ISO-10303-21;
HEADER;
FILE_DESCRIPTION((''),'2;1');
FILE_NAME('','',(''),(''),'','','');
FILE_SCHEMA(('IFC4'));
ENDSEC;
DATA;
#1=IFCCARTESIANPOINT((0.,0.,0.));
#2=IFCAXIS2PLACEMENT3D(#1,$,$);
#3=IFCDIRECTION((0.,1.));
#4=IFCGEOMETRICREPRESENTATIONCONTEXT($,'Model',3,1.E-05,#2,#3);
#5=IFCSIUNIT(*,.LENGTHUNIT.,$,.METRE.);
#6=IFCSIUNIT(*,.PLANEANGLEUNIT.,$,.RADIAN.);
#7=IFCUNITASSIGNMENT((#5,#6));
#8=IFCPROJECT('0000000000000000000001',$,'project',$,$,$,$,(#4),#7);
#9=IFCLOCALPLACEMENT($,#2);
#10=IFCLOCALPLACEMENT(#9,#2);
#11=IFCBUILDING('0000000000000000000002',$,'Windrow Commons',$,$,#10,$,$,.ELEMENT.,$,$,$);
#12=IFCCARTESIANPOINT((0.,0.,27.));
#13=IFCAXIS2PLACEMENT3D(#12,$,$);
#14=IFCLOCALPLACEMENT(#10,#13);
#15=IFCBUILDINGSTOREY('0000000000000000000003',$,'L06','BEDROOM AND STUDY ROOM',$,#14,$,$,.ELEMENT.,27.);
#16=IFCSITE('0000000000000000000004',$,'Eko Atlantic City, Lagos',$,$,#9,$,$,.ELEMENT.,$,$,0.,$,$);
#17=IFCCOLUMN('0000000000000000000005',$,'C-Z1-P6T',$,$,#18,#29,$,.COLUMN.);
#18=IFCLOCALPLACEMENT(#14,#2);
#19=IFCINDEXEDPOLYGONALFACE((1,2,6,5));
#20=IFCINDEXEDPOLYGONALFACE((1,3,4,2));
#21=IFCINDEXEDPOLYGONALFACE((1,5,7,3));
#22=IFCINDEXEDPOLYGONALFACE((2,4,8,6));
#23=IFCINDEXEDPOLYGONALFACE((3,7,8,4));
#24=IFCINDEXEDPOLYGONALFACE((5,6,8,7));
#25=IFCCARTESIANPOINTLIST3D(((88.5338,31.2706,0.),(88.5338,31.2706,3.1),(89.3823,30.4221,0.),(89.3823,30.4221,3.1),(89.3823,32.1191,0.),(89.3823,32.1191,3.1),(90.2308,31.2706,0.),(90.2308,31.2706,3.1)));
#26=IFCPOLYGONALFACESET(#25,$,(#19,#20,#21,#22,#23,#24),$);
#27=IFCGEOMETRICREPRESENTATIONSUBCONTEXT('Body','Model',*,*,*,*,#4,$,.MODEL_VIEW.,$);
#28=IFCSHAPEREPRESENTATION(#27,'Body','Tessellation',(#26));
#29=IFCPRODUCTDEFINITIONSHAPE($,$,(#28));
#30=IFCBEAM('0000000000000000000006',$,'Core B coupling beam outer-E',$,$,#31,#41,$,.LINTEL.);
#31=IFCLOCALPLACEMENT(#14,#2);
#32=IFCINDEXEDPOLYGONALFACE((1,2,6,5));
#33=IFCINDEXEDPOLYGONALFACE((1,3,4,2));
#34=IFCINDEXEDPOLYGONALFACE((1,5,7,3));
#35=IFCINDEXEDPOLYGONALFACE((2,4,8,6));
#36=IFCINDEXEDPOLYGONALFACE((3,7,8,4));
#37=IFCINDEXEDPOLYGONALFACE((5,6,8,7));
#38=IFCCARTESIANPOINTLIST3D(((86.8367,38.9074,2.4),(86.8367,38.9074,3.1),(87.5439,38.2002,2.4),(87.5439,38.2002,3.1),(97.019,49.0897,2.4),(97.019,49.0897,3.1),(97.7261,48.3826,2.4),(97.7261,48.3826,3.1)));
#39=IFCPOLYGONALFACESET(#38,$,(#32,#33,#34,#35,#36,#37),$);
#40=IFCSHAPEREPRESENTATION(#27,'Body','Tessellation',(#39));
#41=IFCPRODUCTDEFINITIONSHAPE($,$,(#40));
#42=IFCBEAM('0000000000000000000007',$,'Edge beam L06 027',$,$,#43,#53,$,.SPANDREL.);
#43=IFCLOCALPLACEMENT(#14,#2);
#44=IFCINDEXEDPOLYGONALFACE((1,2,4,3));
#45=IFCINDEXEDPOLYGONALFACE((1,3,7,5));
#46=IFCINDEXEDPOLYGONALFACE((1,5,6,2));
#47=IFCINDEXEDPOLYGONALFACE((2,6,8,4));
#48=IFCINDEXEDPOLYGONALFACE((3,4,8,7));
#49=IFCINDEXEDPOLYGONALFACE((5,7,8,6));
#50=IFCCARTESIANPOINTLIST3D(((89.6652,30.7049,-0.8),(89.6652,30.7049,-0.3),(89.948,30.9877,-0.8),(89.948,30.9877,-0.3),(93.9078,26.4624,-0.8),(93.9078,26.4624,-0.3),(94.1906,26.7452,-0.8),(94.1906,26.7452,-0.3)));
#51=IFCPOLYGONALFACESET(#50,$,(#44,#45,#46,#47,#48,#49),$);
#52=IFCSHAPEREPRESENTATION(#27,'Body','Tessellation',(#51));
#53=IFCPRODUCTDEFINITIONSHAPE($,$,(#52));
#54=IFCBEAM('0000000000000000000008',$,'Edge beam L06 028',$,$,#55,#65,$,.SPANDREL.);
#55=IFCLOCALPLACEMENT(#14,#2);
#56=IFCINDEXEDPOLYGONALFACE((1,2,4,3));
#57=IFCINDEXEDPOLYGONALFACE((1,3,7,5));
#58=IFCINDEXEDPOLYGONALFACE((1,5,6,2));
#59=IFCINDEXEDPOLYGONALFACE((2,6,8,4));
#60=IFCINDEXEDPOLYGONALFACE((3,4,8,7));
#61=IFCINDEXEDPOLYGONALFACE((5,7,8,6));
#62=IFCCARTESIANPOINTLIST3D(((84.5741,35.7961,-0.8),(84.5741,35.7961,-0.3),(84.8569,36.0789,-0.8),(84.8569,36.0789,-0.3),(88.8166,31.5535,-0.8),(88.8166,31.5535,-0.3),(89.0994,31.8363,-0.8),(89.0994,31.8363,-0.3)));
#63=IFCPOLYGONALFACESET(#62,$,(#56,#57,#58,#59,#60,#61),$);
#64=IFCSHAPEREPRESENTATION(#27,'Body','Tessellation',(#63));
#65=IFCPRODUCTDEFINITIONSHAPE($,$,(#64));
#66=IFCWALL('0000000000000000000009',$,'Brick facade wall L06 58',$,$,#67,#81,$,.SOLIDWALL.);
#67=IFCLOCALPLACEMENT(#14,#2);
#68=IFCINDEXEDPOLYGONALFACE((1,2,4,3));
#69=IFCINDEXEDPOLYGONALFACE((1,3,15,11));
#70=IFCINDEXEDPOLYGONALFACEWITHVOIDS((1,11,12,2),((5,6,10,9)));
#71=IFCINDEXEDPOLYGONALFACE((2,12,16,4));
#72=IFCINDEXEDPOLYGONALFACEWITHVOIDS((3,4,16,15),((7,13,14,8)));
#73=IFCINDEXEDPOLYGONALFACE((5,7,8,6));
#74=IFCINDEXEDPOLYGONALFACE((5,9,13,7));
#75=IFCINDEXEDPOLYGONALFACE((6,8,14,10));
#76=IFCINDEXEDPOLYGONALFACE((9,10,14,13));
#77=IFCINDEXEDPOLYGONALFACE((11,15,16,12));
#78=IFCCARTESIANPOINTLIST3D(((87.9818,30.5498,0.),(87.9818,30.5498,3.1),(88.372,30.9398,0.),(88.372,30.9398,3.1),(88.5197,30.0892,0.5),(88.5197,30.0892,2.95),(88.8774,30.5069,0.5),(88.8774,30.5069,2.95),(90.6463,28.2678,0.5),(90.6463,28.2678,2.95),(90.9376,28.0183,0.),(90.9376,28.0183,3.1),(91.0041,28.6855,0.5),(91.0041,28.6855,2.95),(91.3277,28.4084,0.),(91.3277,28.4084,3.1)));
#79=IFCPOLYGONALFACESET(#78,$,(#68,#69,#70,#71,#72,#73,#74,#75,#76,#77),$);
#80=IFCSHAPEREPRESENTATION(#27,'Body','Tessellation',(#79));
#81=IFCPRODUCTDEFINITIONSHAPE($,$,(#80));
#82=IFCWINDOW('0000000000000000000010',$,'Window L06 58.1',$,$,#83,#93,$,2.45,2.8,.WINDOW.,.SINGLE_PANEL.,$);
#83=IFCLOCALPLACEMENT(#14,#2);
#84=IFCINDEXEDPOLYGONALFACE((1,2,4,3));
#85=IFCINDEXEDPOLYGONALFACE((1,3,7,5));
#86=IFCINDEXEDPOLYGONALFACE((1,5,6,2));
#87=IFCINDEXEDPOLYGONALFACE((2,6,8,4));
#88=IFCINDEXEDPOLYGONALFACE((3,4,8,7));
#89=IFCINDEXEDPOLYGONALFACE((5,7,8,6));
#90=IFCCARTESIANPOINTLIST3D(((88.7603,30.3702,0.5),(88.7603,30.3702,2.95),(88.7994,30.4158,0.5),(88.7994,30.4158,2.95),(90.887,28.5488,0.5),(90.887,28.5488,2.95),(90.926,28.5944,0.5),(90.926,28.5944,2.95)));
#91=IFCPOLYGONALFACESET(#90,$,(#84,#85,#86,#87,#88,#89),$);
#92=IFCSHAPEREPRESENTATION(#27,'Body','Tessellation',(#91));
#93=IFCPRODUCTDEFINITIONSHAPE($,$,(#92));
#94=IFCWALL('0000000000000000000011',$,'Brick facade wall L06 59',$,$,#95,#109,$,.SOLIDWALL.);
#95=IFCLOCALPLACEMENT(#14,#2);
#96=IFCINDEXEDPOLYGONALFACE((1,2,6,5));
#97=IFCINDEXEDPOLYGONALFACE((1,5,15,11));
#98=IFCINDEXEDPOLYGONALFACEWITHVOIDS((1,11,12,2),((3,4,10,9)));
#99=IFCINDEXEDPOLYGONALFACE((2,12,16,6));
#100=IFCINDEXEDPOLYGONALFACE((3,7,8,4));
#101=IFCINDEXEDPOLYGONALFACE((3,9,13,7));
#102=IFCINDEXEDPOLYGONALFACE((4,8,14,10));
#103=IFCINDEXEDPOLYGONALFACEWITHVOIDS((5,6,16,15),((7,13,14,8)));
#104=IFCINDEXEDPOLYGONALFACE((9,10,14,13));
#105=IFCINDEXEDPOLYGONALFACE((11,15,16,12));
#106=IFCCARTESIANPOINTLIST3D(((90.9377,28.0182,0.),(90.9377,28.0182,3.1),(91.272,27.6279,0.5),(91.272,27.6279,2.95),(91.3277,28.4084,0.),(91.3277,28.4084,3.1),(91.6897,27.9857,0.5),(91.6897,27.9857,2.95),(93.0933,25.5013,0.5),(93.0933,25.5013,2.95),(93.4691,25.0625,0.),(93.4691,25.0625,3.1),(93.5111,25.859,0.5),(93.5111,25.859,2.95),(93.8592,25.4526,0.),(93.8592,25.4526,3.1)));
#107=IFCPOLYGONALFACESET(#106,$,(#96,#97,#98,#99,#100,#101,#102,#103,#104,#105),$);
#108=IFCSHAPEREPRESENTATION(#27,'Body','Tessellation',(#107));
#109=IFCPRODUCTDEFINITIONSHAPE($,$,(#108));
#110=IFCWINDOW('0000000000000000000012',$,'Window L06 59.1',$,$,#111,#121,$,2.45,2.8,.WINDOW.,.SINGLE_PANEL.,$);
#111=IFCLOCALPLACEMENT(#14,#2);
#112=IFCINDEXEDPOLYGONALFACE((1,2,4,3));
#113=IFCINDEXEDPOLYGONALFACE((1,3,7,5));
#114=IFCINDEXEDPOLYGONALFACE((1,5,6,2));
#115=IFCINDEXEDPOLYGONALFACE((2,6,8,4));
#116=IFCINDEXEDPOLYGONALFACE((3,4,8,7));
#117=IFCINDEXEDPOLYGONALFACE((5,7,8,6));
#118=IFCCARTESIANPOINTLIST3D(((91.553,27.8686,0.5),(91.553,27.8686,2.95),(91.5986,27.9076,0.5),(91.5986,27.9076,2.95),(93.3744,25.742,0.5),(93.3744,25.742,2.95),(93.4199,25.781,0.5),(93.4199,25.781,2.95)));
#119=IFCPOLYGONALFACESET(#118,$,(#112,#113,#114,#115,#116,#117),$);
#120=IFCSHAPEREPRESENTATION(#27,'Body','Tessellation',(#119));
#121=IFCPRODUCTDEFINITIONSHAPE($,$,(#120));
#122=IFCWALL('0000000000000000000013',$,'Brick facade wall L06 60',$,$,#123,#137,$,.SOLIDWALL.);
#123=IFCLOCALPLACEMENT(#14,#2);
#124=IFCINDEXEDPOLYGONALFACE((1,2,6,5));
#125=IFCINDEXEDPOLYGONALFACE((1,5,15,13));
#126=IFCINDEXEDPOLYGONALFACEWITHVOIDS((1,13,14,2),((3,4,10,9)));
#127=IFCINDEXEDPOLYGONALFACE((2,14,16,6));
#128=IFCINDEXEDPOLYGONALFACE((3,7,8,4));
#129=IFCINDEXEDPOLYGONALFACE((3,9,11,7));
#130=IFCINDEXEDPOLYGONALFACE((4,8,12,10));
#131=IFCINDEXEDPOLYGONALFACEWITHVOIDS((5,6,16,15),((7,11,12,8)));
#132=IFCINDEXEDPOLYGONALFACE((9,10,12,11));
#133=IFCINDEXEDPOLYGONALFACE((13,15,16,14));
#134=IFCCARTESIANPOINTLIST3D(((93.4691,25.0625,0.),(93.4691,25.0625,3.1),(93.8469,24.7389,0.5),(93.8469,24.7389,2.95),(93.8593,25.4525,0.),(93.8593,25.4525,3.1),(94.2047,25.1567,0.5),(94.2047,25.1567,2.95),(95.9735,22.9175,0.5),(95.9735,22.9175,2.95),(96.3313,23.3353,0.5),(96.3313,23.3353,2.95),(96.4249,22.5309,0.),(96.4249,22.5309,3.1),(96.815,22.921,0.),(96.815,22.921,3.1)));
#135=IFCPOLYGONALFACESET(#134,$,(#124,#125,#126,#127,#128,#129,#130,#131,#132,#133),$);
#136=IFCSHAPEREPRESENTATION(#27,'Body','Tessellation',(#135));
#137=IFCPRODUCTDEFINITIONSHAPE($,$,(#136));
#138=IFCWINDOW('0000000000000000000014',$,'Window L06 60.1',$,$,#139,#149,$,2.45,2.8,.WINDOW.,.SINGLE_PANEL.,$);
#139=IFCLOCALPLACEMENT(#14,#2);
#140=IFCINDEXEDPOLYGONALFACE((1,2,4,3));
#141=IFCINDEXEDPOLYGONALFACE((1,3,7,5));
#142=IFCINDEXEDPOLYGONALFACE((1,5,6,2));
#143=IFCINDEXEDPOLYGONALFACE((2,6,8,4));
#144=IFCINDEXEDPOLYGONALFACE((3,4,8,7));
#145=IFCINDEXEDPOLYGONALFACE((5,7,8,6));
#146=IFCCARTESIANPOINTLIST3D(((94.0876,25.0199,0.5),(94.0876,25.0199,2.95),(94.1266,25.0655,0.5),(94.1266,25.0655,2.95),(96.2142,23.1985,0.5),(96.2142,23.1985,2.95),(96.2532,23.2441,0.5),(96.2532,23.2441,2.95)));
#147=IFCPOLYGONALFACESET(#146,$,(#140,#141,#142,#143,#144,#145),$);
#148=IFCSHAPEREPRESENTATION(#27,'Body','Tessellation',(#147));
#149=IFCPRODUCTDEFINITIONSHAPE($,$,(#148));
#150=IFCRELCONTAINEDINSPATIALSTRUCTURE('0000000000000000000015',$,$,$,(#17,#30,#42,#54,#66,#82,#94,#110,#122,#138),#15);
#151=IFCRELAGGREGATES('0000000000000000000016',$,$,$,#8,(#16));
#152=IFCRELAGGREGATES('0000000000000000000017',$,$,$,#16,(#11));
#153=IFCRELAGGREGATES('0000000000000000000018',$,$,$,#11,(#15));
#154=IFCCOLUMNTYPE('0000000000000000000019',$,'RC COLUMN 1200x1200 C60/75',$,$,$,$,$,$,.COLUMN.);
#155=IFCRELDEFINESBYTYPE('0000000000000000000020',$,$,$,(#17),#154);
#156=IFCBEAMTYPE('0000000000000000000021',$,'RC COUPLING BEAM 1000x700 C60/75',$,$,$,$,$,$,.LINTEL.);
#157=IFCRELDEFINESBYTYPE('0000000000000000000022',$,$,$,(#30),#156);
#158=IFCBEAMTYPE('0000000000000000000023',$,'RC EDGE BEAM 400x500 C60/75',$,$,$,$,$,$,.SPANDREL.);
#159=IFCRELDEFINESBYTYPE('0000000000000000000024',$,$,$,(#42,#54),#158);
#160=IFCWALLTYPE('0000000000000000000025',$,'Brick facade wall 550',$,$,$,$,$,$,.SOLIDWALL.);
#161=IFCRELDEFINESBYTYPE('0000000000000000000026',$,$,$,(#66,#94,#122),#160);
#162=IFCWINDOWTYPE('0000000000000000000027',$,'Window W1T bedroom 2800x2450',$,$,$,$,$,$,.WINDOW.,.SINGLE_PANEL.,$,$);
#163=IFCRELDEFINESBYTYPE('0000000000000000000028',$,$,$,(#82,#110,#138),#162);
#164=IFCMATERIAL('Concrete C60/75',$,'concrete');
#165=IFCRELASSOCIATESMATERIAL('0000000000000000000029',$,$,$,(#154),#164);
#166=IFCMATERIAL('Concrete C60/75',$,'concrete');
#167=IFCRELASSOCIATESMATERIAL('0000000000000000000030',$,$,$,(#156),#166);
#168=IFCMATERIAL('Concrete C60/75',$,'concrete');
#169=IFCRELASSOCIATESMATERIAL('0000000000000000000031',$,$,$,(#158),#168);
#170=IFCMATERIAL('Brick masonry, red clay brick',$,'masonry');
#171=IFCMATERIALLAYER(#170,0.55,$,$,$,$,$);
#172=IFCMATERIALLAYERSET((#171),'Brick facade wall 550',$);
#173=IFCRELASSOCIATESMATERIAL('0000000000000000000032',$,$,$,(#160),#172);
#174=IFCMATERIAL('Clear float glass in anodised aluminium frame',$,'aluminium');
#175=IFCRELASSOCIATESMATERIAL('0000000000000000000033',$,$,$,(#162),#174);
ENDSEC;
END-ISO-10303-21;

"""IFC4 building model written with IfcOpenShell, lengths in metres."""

from ifc_helpers import new_model, si_unit, direction, frame, frame_2d, origin, origin_2d, place, context, subcontext, project, spatial, polyline, rectangle, outline, extrude, material, layer, layer_set, material_profile, profile_set, type_object, element, fill, save


model = new_model("IFC4")

# Units and contexts
model_context = context("Model", 3, precision=1e-05, world=origin(), true_north=direction((0.0, 1.0)))
body_context = subcontext(model_context, "Body", "Model", "MODEL_VIEW")
ifc_project = project(units=[si_unit("LENGTHUNIT", "METRE"), si_unit("PLANEANGLEUNIT", "RADIAN")], contexts=[model_context])

# Site, building, storey
site_placement = place(None, origin())
site = spatial("IfcSite", under=ifc_project, at=site_placement, Name="Eko Atlantic City, Lagos", CompositionType="ELEMENT", RefElevation=0.0)
building_placement = place(site_placement, origin())
building = spatial("IfcBuilding", under=site, at=building_placement, Name="Windrow Commons", CompositionType="ELEMENT")
storey_placement = place(building_placement, frame((0.0, 0.0, 27.0)))
storey = spatial("IfcBuildingStorey", under=building, at=storey_placement, Name="L06", Description="BEDROOM AND STUDY ROOM", CompositionType="ELEMENT", Elevation=27.0)

# Column
ifc_material_1 = material(Name="Concrete C60/75", Category="concrete")
ifc_material_profile_1 = material_profile(ifc_material_1, rectangle(XDim=1.2, YDim=1.2, at=origin_2d()))
ifc_profile_set_1 = profile_set([ifc_material_profile_1], Name="Concrete C60/75")
column_type = type_object("IfcColumnType", Name="RC COLUMN 1200x1200 C60/75", PredefinedType="COLUMN", material=ifc_profile_set_1)
column_placement = place(storey_placement, frame((89.3823, 31.2706, 0.0), z_axis=(0.0, 0.0, 1.0), x_axis=(0.707107, -0.707107, 0.0)))
element("IfcColumn", 1, at=column_placement, inside=storey, type_object=column_type, Name="C-Z1-P6T", PredefinedType="COLUMN", context=body_context, shape_type="SweptSolid", body=[
    extrude(rectangle(XDim=1.2, YDim=1.2, at=origin_2d()), origin(), (0.0, 0.0, 1.0), 3.1),
])

# Beams
ifc_material_2 = material(Name="Concrete C60/75", Category="concrete")
ifc_material_profile_2 = material_profile(ifc_material_2, rectangle(XDim=1.0, YDim=0.7, at=origin_2d()))
ifc_profile_set_2 = profile_set([ifc_material_profile_2], Name="Concrete C60/75")
beam_type_1 = type_object("IfcBeamType", Name="RC COUPLING BEAM 1000x700 C60/75", PredefinedType="LINTEL", material=ifc_profile_set_2)
beam_placement = place(storey_placement, frame((87.1903, 38.5538, 2.75), z_axis=(0.707103, 0.70711, 0.0), x_axis=(-0.70711, 0.707103, 0.0)))
element("IfcBeam", 2, at=beam_placement, inside=storey, type_object=beam_type_1, Name="Core B coupling beam outer-E", PredefinedType="LINTEL", context=body_context, shape_type="SweptSolid", body=[
    extrude(rectangle(XDim=1.0, YDim=0.7, at=origin_2d()), origin(), (0.0, 0.0, 1.0), 14.4),
])
ifc_material_3 = material(Name="Concrete C60/75", Category="concrete")
ifc_material_profile_3 = material_profile(ifc_material_3, rectangle(XDim=0.4, YDim=0.5, at=origin_2d()))
ifc_profile_set_3 = profile_set([ifc_material_profile_3], Name="Concrete C60/75")
beam_type_2 = type_object("IfcBeamType", Name="RC EDGE BEAM 400x500 C60/75", PredefinedType="SPANDREL", material=ifc_profile_set_3)
for number, where, z_axis, x_axis, name in (
    (3, (94.0492, 26.6038, -0.55), (-0.707115, 0.707098, 0.0), (-0.707098, -0.707115, 0.0), "Edge beam L06 027"),
    (4, (88.958, 31.6949, -0.55), (-0.707098, 0.707115, 0.0), (-0.707115, -0.707098, 0.0), "Edge beam L06 028"),
):
    element("IfcBeam", number, at=place(storey_placement, frame(where, z_axis=z_axis, x_axis=x_axis)), inside=storey, type_object=beam_type_2, Name=name, PredefinedType="SPANDREL", context=body_context, shape_type="SweptSolid", body=[
        extrude(rectangle(XDim=0.4, YDim=0.5, at=origin_2d()), origin(), (0.0, 0.0, 1.0), 5.9999),
    ])

# Walls, openings, windows
ifc_material_4 = material(Name="Brick masonry, red clay brick", Category="masonry")
ifc_layer_1 = layer(ifc_material_4, 0.55)
ifc_layer_set_1 = layer_set([ifc_layer_1], Name="Brick facade wall 550")
wall_type_1 = type_object("IfcWallType", Name="Brick facade wall 550", PredefinedType="SOLIDWALL", material=ifc_layer_set_1)
wall_1_placement = place(storey_placement, frame((88.1769, 30.7448, 0.0), z_axis=(0.0, 0.0, 1.0), x_axis=(0.759516, -0.650489, 0.0)))
wall_1 = element("IfcWall", 5, at=wall_1_placement, inside=storey, type_object=wall_type_1, Name="Brick facade wall L06 58", PredefinedType="SOLIDWALL", context=body_context, shape_type="SweptSolid", body=[
    extrude(outline(polyline([(-0.0213, -0.275), (3.8704, -0.275), (3.9129, 0.275), (0.0213, 0.275), (-0.0213, -0.275)])), origin(), (0.0, 0.0, 1.0), 3.1),
])
opening_1_placement = place(wall_1_placement, frame((0.6868, 0.0, 0.5)))
opening_1 = element("IfcOpeningElement", 6, at=opening_1_placement, cuts=wall_1, PredefinedType="OPENING", context=body_context, shape_type="SweptSolid", body=[
    extrude(rectangle(XDim=2.8, YDim=2.45, at=frame_2d((1.4, 1.225))), frame((0.0, 0.285, 0.0), z_axis=(0.0, -1.0, 0.0), x_axis=(1.0, 0.0, 0.0)), (0.0, 0.0, 1.0), 0.57),
])
ifc_material_5 = material(Name="Clear float glass in anodised aluminium frame", Category="aluminium")
window_type = type_object("IfcWindowType", Name="Window W1T bedroom 2800x2450", PartitioningType="SINGLE_PANEL", PredefinedType="WINDOW", material=ifc_material_5)
window_1_placement = place(opening_1_placement, origin())
window_1 = element("IfcWindow", 7, at=window_1_placement, inside=storey, type_object=window_type, Name="Window L06 58.1", OverallHeight=2.45, OverallWidth=2.8, PartitioningType="SINGLE_PANEL", PredefinedType="WINDOW", context=body_context, shape_type="SweptSolid", body=[
    extrude(rectangle(XDim=2.8, YDim=2.45, at=frame_2d((1.4, 1.225))), frame((0.0, 0.155, 0.0), z_axis=(0.0, -1.0, 0.0), x_axis=(1.0, 0.0, 0.0)), (0.0, 0.0, 1.0), 0.06),
])
fill(opening_1, window_1)
wall_2_placement = place(storey_placement, frame((91.1327, 28.2133, 0.0), z_axis=(0.0, 0.0, 1.0), x_axis=(0.650489, -0.759516, 0.0)))
wall_2 = element("IfcWall", 8, at=wall_2_placement, inside=storey, type_object=wall_type_1, Name="Brick facade wall L06 59", PredefinedType="SOLIDWALL", context=body_context, shape_type="SweptSolid", body=[
    extrude(outline(polyline([(0.0213, -0.275), (3.9129, -0.275), (3.8704, 0.275), (-0.0213, 0.275), (0.0213, -0.275)])), origin(), (0.0, 0.0, 1.0), 3.1),
])
opening_2_placement = place(wall_2_placement, frame((0.5352, 0.0, 0.5)))
opening_2 = element("IfcOpeningElement", 9, at=opening_2_placement, cuts=wall_2, PredefinedType="OPENING", context=body_context, shape_type="SweptSolid", body=[
    extrude(rectangle(XDim=2.8, YDim=2.45, at=frame_2d((1.4, 1.225))), frame((0.0, 0.285, 0.0), z_axis=(0.0, -1.0, 0.0), x_axis=(1.0, 0.0, 0.0)), (0.0, 0.0, 1.0), 0.57),
])
window_2_placement = place(opening_2_placement, origin())
window_2 = element("IfcWindow", 10, at=window_2_placement, inside=storey, type_object=window_type, Name="Window L06 59.1", OverallHeight=2.45, OverallWidth=2.8, PartitioningType="SINGLE_PANEL", PredefinedType="WINDOW", context=body_context, shape_type="SweptSolid", body=[
    extrude(rectangle(XDim=2.8, YDim=2.45, at=frame_2d((1.4, 1.225))), frame((0.0, 0.155, 0.0), z_axis=(0.0, -1.0, 0.0), x_axis=(1.0, 0.0, 0.0)), (0.0, 0.0, 1.0), 0.06),
])
fill(opening_2, window_2)
wall_3_placement = place(storey_placement, frame((93.6642, 25.2575, 0.0), z_axis=(0.0, 0.0, 1.0), x_axis=(0.759505, -0.650501, 0.0)))
wall_3 = element("IfcWall", 11, at=wall_3_placement, inside=storey, type_object=wall_type_1, Name="Brick facade wall L06 60", PredefinedType="SOLIDWALL", context=body_context, shape_type="SweptSolid", body=[
    extrude(outline(polyline([(-0.0213, -0.275), (3.8704, -0.275), (3.9129, 0.275), (0.0213, 0.275), (-0.0213, -0.275)])), origin(), (0.0, 0.0, 1.0), 3.1),
])
opening_3_placement = place(wall_3_placement, frame((0.4761, 0.0, 0.5)))
opening_3 = element("IfcOpeningElement", 12, at=opening_3_placement, cuts=wall_3, PredefinedType="OPENING", context=body_context, shape_type="SweptSolid", body=[
    extrude(rectangle(XDim=2.8, YDim=2.45, at=frame_2d((1.4, 1.225))), frame((0.0, 0.285, 0.0), z_axis=(0.0, -1.0, 0.0), x_axis=(1.0, 0.0, 0.0)), (0.0, 0.0, 1.0), 0.57),
])
window_3_placement = place(opening_3_placement, origin())
window_3 = element("IfcWindow", 13, at=window_3_placement, inside=storey, type_object=window_type, Name="Window L06 60.1", OverallHeight=2.45, OverallWidth=2.8, PartitioningType="SINGLE_PANEL", PredefinedType="WINDOW", context=body_context, shape_type="SweptSolid", body=[
    extrude(rectangle(XDim=2.8, YDim=2.45, at=frame_2d((1.4, 1.225))), frame((0.0, 0.155, 0.0), z_axis=(0.0, -1.0, 0.0), x_axis=(1.0, 0.0, 0.0)), (0.0, 0.0, 1.0), 0.06),
])
fill(opening_3, window_3)

save(model, "model.ifc")
